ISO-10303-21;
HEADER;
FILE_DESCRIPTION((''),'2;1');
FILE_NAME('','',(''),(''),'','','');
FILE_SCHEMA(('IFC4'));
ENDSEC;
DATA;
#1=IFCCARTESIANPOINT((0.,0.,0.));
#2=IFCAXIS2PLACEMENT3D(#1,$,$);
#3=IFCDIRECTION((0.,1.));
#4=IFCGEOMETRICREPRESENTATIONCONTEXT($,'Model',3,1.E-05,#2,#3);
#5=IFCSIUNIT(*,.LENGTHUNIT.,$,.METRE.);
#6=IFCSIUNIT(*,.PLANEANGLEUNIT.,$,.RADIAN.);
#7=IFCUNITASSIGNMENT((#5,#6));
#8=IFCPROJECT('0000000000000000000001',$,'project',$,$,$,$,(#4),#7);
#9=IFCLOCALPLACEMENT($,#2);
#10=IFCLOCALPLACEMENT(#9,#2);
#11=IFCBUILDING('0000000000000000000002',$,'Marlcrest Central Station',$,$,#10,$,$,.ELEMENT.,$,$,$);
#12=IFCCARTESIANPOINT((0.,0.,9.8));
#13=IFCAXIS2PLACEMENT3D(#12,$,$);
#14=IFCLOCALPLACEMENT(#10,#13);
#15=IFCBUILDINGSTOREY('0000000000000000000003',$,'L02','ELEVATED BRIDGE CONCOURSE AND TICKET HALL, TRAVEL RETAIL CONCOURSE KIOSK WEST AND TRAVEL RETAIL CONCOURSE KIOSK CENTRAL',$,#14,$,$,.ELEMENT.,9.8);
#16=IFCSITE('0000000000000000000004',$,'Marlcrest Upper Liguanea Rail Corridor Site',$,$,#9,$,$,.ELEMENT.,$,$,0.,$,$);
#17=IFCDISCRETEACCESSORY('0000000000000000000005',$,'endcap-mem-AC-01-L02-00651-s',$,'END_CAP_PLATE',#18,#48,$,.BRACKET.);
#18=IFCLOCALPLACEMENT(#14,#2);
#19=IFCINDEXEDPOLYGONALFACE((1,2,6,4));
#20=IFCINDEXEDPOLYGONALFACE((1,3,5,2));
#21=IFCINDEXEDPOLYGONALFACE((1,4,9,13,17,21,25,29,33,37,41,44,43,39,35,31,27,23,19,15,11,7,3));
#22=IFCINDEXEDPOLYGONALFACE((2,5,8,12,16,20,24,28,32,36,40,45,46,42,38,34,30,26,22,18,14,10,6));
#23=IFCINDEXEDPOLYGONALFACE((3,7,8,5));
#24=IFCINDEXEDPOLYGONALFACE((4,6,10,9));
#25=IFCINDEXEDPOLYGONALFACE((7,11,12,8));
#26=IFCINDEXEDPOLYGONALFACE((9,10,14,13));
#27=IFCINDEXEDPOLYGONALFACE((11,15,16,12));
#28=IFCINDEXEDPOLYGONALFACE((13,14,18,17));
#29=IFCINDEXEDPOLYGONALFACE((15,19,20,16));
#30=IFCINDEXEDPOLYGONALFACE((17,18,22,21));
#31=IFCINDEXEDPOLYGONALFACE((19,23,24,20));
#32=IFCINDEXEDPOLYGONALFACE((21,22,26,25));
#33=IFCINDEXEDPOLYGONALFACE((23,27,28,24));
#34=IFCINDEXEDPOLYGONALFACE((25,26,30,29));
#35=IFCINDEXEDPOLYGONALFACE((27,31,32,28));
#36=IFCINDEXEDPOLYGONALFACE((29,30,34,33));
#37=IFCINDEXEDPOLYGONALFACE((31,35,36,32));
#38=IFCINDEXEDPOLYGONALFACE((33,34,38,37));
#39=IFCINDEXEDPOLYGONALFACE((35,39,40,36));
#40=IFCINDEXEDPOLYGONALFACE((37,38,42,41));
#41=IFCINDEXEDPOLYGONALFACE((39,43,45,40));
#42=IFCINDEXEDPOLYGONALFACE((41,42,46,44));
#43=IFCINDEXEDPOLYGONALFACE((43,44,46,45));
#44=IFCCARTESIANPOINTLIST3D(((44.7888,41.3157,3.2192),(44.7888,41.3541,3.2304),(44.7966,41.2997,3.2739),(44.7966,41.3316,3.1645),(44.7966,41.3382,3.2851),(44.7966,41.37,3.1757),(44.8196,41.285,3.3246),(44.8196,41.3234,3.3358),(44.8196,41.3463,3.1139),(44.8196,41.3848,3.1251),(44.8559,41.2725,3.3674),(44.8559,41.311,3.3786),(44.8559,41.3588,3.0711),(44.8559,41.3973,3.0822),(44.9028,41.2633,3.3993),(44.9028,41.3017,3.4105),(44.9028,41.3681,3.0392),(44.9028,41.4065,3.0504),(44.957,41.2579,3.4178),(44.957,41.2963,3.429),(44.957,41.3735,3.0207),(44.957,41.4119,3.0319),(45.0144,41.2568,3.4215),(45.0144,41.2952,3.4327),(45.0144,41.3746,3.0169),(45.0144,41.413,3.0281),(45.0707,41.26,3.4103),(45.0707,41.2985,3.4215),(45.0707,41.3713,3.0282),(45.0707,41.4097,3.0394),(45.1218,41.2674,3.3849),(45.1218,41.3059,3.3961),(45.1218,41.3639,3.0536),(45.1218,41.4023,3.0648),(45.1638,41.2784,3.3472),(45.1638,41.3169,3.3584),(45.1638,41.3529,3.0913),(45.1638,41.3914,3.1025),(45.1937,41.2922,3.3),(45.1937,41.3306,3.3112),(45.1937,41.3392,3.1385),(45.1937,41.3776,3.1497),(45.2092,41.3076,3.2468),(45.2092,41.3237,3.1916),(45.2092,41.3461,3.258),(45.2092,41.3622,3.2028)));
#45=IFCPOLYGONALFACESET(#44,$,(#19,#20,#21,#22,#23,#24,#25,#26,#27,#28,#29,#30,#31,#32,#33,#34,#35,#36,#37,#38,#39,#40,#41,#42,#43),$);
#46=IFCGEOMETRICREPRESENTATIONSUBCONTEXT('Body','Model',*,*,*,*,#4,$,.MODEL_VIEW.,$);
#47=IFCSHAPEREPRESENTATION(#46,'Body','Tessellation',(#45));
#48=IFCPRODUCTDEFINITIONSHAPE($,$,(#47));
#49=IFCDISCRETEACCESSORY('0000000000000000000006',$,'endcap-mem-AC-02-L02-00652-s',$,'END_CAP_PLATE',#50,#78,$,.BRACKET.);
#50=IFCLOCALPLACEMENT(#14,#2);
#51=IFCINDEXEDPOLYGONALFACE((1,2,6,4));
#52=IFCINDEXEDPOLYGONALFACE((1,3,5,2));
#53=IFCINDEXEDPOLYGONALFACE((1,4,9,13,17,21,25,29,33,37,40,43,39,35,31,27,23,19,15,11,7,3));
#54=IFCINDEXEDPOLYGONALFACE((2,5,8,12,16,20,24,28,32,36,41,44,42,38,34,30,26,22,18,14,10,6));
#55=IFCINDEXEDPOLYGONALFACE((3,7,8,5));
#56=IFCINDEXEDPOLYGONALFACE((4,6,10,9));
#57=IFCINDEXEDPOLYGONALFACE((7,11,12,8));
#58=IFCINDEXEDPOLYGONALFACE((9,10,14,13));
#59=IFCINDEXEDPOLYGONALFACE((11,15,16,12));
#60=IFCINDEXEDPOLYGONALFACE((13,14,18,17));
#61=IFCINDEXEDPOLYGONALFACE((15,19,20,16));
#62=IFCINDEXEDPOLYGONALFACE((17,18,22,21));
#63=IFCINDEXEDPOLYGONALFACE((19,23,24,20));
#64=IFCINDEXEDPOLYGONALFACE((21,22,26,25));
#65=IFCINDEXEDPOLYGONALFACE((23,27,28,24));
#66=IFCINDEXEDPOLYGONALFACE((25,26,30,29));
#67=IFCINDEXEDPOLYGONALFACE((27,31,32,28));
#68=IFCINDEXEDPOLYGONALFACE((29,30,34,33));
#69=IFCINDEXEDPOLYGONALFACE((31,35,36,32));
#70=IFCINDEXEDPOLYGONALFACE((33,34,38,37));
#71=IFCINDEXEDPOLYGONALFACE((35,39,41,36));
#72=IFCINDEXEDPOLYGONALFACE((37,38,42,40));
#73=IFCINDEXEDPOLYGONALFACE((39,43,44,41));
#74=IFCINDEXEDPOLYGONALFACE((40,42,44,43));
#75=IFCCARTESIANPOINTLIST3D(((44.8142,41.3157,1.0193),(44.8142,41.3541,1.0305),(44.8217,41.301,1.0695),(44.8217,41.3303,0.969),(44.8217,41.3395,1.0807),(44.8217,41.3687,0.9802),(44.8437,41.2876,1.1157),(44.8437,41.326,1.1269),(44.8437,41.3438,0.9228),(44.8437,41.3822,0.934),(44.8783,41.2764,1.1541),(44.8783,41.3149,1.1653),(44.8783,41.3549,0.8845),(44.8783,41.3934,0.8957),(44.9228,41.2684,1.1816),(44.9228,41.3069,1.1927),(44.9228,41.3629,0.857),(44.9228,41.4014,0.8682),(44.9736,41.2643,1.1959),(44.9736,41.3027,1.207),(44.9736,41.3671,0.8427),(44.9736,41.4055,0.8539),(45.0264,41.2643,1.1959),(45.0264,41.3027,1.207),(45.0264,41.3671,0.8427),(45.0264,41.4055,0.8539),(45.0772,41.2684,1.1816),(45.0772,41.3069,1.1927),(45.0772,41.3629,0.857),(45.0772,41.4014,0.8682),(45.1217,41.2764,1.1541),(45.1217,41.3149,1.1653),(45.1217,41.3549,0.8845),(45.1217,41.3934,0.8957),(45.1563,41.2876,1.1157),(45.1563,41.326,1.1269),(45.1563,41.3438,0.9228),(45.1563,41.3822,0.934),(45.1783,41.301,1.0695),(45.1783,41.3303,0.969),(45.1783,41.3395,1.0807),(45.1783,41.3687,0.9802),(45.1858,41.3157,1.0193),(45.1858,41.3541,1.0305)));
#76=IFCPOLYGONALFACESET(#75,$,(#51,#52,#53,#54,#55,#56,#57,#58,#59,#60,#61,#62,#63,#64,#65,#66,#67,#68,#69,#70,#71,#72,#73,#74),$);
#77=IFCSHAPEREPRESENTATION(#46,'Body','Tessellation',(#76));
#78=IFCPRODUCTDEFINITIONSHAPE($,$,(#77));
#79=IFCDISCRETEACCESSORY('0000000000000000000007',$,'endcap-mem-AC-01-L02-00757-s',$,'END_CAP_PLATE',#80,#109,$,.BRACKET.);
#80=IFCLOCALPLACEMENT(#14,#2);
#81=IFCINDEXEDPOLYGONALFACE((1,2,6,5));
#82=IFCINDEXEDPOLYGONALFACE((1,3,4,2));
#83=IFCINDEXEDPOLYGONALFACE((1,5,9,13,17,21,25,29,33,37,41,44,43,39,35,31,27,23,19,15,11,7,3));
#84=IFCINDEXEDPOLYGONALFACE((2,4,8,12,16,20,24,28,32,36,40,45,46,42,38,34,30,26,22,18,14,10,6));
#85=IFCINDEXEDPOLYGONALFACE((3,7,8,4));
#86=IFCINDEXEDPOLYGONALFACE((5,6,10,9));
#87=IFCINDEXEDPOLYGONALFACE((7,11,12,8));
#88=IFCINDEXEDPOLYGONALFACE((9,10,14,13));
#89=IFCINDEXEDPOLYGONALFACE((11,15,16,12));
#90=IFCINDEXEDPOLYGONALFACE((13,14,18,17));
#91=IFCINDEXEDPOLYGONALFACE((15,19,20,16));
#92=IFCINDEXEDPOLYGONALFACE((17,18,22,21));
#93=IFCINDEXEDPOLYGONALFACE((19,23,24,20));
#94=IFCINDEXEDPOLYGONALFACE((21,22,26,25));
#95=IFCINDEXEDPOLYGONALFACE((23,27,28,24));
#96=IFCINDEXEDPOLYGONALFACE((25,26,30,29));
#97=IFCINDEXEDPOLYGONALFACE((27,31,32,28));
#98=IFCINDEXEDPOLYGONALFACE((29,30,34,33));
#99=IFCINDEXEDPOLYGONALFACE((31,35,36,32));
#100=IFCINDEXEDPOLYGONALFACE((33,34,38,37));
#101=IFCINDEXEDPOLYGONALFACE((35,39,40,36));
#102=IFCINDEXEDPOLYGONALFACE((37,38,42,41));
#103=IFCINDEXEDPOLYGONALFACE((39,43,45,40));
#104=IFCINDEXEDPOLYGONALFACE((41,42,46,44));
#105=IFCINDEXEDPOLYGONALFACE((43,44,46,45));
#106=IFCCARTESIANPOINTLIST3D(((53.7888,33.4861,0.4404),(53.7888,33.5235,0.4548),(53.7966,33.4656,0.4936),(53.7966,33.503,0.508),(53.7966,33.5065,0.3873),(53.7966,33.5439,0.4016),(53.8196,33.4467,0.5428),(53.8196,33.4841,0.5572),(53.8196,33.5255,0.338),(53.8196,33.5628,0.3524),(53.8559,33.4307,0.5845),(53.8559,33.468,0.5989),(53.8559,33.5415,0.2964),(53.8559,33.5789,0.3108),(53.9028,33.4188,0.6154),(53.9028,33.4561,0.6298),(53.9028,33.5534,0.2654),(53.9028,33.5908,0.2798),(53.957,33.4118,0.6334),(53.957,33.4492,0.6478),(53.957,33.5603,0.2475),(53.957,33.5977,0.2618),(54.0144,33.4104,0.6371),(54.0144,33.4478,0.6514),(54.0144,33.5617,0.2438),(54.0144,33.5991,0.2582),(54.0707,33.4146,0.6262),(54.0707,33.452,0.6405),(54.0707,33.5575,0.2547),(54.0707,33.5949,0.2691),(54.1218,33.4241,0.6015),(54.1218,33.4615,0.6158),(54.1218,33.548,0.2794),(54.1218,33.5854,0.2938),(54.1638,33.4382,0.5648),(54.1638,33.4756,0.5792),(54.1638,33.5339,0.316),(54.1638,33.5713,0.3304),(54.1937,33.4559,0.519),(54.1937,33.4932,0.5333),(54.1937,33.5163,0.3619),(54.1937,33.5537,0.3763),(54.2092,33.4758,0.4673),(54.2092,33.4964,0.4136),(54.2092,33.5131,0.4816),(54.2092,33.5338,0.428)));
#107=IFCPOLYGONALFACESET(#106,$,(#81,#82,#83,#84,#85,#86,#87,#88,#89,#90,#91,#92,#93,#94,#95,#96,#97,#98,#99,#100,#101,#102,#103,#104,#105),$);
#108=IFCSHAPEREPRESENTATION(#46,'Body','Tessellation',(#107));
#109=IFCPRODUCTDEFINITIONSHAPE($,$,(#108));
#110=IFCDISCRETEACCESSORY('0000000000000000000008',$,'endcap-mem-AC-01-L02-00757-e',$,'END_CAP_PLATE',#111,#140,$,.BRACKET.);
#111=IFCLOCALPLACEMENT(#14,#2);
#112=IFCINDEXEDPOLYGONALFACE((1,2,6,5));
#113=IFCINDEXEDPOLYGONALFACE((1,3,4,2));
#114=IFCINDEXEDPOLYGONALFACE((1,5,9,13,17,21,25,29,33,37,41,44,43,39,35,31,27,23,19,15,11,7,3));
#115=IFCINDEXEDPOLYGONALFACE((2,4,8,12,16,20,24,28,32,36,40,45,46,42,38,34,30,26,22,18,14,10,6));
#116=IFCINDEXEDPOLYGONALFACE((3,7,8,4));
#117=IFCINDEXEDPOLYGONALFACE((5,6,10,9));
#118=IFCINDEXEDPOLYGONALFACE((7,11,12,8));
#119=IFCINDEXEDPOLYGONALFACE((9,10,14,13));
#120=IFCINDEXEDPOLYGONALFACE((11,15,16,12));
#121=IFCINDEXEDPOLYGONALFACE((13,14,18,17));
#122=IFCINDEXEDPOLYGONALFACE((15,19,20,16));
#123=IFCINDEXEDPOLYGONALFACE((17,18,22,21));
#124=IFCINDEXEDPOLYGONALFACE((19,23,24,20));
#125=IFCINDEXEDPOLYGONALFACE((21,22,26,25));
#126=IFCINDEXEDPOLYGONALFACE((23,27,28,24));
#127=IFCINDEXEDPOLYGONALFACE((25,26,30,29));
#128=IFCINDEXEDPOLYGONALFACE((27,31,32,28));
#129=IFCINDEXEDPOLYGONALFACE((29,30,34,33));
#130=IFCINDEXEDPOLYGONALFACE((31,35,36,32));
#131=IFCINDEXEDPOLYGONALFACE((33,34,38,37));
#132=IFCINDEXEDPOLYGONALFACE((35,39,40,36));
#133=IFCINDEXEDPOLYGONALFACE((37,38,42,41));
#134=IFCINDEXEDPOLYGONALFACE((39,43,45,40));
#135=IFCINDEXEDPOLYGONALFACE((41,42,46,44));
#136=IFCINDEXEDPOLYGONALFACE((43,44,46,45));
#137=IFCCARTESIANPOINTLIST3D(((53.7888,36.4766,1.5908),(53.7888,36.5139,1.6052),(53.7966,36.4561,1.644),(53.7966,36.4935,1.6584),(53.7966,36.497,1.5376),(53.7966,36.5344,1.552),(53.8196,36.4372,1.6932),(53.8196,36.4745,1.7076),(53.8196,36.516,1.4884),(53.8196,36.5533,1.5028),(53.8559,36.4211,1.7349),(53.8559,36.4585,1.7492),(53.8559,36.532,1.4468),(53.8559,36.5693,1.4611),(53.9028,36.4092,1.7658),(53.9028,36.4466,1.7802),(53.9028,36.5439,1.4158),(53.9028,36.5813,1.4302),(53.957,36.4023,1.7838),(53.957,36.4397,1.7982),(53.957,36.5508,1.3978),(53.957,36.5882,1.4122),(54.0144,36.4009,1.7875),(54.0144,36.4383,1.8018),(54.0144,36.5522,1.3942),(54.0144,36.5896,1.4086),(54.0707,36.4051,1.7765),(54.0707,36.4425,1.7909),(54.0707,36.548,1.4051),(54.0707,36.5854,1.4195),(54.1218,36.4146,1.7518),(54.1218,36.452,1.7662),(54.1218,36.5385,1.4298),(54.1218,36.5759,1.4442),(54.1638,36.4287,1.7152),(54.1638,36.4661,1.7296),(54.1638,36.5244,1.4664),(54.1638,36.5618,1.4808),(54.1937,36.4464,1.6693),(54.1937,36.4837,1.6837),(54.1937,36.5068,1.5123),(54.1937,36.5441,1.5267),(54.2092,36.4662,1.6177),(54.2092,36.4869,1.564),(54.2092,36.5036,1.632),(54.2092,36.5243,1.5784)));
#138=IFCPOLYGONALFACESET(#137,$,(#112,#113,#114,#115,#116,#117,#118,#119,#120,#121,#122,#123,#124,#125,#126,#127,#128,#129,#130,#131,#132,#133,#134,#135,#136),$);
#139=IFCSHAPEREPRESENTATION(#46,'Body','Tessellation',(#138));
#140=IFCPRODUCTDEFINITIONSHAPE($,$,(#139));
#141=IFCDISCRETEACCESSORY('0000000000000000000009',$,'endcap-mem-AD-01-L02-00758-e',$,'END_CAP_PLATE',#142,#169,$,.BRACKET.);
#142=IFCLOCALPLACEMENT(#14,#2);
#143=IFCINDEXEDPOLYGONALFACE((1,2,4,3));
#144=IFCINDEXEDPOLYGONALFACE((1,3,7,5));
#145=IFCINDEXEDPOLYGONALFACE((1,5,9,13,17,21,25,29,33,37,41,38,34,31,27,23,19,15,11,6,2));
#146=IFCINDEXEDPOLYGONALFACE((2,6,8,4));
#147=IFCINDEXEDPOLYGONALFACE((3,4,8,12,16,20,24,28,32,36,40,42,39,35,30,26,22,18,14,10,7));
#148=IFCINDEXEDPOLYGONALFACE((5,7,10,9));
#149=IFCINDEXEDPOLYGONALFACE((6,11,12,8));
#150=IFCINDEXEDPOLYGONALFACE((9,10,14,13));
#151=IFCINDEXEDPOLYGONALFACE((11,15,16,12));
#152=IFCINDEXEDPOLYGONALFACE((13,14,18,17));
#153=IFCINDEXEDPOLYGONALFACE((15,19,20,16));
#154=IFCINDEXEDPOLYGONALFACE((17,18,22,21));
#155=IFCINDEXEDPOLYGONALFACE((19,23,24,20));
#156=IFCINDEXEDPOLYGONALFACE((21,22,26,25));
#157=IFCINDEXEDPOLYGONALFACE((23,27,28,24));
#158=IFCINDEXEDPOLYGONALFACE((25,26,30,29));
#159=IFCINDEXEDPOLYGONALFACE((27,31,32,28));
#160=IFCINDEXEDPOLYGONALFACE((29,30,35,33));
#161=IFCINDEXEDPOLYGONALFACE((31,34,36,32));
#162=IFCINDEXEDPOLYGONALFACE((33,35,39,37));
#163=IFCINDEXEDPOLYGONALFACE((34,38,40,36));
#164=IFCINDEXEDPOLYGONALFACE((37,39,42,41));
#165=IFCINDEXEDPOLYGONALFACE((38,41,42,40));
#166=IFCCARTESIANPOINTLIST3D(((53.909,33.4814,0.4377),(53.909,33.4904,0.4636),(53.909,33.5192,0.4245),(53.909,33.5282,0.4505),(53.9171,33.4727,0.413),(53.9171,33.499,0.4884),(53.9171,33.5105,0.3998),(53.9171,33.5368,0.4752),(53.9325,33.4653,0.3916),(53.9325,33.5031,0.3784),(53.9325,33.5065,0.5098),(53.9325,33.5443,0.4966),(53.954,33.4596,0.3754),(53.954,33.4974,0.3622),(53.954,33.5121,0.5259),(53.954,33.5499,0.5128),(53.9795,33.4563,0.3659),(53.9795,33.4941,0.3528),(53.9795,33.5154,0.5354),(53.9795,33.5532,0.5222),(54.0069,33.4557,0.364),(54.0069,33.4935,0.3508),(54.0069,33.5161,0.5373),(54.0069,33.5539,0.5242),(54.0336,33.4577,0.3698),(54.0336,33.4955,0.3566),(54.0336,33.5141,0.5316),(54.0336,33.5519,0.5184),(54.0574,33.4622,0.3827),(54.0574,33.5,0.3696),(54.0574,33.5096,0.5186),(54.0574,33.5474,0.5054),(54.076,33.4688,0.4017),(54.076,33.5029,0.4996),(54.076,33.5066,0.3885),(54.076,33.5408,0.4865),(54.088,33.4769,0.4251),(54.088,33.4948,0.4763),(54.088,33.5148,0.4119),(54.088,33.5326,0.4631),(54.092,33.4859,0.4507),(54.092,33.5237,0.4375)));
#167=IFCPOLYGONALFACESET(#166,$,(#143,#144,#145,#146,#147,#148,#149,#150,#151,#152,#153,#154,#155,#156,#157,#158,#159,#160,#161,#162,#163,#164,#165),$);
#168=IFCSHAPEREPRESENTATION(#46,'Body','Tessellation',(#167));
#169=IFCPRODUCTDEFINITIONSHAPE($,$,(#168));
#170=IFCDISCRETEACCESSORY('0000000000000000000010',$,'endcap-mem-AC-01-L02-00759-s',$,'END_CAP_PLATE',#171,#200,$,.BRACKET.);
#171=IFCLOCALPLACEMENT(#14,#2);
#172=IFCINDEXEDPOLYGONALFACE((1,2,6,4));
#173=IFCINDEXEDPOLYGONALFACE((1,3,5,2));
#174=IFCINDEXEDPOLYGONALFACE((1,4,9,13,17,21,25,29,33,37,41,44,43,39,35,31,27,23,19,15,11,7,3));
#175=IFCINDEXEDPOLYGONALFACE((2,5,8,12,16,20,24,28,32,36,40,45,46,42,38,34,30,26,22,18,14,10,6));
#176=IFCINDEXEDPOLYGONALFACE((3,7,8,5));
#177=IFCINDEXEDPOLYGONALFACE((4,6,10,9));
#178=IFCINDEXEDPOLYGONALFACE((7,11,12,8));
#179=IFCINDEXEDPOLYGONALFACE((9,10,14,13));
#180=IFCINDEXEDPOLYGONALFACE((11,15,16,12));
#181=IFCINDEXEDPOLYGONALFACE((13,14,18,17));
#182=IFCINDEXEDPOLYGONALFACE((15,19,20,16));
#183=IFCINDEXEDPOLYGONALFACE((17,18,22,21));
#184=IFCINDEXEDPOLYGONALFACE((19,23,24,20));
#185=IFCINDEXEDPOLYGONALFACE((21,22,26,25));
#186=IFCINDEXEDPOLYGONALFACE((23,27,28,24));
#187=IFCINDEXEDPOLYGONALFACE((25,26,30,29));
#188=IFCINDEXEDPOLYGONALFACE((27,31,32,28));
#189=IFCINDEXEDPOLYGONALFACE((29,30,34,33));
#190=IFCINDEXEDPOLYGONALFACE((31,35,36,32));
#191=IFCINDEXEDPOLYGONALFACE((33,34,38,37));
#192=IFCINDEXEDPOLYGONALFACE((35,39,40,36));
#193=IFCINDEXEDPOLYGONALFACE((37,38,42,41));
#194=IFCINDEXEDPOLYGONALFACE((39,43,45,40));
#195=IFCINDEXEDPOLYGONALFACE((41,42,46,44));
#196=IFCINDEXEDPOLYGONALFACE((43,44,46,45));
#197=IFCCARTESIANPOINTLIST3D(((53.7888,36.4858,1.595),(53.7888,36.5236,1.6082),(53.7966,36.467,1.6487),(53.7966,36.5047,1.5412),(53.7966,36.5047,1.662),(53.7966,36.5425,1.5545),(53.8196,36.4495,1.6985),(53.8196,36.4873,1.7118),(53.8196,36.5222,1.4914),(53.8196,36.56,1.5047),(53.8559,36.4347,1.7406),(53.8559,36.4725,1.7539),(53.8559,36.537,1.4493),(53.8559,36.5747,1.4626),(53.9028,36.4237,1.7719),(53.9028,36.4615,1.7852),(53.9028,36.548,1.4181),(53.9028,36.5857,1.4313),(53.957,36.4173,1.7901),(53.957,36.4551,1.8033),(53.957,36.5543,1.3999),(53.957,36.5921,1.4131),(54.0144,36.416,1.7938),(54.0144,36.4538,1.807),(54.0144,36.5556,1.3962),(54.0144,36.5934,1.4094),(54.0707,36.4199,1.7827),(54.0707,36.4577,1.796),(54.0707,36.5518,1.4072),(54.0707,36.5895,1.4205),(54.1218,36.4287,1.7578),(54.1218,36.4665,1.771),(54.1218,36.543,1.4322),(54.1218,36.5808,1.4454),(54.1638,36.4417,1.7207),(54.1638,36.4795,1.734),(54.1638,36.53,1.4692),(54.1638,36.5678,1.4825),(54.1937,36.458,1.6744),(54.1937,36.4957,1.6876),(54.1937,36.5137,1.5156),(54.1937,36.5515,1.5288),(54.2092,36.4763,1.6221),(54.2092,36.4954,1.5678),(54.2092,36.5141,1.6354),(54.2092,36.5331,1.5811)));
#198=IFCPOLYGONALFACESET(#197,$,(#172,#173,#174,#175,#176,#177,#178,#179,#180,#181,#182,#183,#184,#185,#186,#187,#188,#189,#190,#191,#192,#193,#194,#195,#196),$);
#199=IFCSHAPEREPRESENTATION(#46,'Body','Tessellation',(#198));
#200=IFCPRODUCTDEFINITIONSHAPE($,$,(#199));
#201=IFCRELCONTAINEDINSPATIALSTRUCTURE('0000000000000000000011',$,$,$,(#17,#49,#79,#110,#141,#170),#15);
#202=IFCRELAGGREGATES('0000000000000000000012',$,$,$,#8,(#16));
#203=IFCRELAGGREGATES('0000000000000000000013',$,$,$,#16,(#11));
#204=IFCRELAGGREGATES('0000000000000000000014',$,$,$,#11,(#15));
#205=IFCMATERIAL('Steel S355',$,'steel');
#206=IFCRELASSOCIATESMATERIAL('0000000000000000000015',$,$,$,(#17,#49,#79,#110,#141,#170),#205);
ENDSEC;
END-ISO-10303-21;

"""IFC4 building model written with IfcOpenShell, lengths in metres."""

from ifc_helpers import new_model, si_unit, direction, frame, origin, origin_2d, place, context, subcontext, project, spatial, circle, extrude, material, element, save


model = new_model("IFC4")

# Units and contexts
model_context = context("Model", 3, precision=1e-05, world=origin(), true_north=direction((0.0, 1.0)))
body_context = subcontext(model_context, "Body", "Model", "MODEL_VIEW")
ifc_project = project(units=[si_unit("LENGTHUNIT", "METRE"), si_unit("PLANEANGLEUNIT", "RADIAN")], contexts=[model_context])

# Site, building, storey
site_placement = place(None, origin())
site = spatial("IfcSite", under=ifc_project, at=site_placement, Name="Marlcrest Upper Liguanea Rail Corridor Site", CompositionType="ELEMENT", RefElevation=0.0)
building_placement = place(site_placement, origin())
building = spatial("IfcBuilding", under=site, at=building_placement, Name="Marlcrest Central Station", CompositionType="ELEMENT")
storey_placement = place(building_placement, frame((0.0, 0.0, 9.8)))
storey = spatial("IfcBuildingStorey", under=building, at=storey_placement, Name="L02", Description="ELEVATED BRIDGE CONCOURSE AND TICKET HALL, TRAVEL RETAIL CONCOURSE KIOSK WEST AND TRAVEL RETAIL CONCOURSE KIOSK CENTRAL", CompositionType="ELEMENT", Elevation=9.8)

# Shared definitions
ifc_material_1 = material(Name="Steel S355", Category="steel")

# Discrete accessories
discrete_accessory_1_placement = place(storey_placement, frame((45.0, 41.3157, 3.2192), z_axis=(0.0, 0.96013, 0.279554), x_axis=(-1.0, 0.0, 0.0)))
element("IfcDiscreteAccessory", 1, at=discrete_accessory_1_placement, inside=storey, material=ifc_material_1, Name="endcap-mem-AC-01-L02-00651-s", ObjectType="END_CAP_PLATE", PredefinedType="BRACKET", context=body_context, shape_type="SweptSolid", body=[
    extrude(circle(Radius=0.2112, at=origin_2d()), origin(), (0.0, 0.0, 1.0), 0.04),
])
discrete_accessory_2_placement = place(storey_placement, frame((45.0, 41.3157, 1.0193), z_axis=(0.0, 0.96013, 0.279554), x_axis=(-1.0, 0.0, 0.0)))
element("IfcDiscreteAccessory", 2, at=discrete_accessory_2_placement, inside=storey, material=ifc_material_1, Name="endcap-mem-AC-02-L02-00652-s", ObjectType="END_CAP_PLATE", PredefinedType="BRACKET", context=body_context, shape_type="SweptSolid", body=[
    extrude(circle(Radius=0.1858, at=origin_2d()), origin(), (0.0, 0.0, 1.0), 0.04),
])
for number, where, z_axis, x_axis, name in (
    (3, (54.0, 33.4861, 0.4404), (0.0, 0.933324, 0.359035), (-1.0, 0.0, 0.0), "endcap-mem-AC-01-L02-00757-s"),
    (4, (54.0, 36.4766, 1.5908), (0.0, 0.933324, 0.359035), (-1.0, 0.0, 0.0), "endcap-mem-AC-01-L02-00757-e"),
):
    element("IfcDiscreteAccessory", number, at=place(storey_placement, frame(where, z_axis=z_axis, x_axis=x_axis)), inside=storey, material=ifc_material_1, Name=name, ObjectType="END_CAP_PLATE", PredefinedType="BRACKET", context=body_context, shape_type="SweptSolid", body=[
        extrude(circle(Radius=0.2112, at=origin_2d()), origin(), (0.0, 0.0, 1.0), 0.04),
    ])
discrete_accessory_3_placement = place(storey_placement, frame((54.0, 33.5237, 0.4375), z_axis=(0.0, -0.94426, 0.3292), x_axis=(1.0, 0.0, 0.0)))
element("IfcDiscreteAccessory", 5, at=discrete_accessory_3_placement, inside=storey, material=ifc_material_1, Name="endcap-mem-AD-01-L02-00758-e", ObjectType="END_CAP_PLATE", PredefinedType="BRACKET", context=body_context, shape_type="SweptSolid", body=[
    extrude(circle(Radius=0.092, at=origin_2d()), origin(), (0.0, 0.0, 1.0), 0.04),
])
discrete_accessory_4_placement = place(storey_placement, frame((54.0, 36.4858, 1.595), z_axis=(0.0, 0.943537, 0.331266), x_axis=(-1.0, 0.0, 0.0)))
element("IfcDiscreteAccessory", 6, at=discrete_accessory_4_placement, inside=storey, material=ifc_material_1, Name="endcap-mem-AC-01-L02-00759-s", ObjectType="END_CAP_PLATE", PredefinedType="BRACKET", context=body_context, shape_type="SweptSolid", body=[
    extrude(circle(Radius=0.2112, at=origin_2d()), origin(), (0.0, 0.0, 1.0), 0.04),
])

save(model, "model.ifc")
